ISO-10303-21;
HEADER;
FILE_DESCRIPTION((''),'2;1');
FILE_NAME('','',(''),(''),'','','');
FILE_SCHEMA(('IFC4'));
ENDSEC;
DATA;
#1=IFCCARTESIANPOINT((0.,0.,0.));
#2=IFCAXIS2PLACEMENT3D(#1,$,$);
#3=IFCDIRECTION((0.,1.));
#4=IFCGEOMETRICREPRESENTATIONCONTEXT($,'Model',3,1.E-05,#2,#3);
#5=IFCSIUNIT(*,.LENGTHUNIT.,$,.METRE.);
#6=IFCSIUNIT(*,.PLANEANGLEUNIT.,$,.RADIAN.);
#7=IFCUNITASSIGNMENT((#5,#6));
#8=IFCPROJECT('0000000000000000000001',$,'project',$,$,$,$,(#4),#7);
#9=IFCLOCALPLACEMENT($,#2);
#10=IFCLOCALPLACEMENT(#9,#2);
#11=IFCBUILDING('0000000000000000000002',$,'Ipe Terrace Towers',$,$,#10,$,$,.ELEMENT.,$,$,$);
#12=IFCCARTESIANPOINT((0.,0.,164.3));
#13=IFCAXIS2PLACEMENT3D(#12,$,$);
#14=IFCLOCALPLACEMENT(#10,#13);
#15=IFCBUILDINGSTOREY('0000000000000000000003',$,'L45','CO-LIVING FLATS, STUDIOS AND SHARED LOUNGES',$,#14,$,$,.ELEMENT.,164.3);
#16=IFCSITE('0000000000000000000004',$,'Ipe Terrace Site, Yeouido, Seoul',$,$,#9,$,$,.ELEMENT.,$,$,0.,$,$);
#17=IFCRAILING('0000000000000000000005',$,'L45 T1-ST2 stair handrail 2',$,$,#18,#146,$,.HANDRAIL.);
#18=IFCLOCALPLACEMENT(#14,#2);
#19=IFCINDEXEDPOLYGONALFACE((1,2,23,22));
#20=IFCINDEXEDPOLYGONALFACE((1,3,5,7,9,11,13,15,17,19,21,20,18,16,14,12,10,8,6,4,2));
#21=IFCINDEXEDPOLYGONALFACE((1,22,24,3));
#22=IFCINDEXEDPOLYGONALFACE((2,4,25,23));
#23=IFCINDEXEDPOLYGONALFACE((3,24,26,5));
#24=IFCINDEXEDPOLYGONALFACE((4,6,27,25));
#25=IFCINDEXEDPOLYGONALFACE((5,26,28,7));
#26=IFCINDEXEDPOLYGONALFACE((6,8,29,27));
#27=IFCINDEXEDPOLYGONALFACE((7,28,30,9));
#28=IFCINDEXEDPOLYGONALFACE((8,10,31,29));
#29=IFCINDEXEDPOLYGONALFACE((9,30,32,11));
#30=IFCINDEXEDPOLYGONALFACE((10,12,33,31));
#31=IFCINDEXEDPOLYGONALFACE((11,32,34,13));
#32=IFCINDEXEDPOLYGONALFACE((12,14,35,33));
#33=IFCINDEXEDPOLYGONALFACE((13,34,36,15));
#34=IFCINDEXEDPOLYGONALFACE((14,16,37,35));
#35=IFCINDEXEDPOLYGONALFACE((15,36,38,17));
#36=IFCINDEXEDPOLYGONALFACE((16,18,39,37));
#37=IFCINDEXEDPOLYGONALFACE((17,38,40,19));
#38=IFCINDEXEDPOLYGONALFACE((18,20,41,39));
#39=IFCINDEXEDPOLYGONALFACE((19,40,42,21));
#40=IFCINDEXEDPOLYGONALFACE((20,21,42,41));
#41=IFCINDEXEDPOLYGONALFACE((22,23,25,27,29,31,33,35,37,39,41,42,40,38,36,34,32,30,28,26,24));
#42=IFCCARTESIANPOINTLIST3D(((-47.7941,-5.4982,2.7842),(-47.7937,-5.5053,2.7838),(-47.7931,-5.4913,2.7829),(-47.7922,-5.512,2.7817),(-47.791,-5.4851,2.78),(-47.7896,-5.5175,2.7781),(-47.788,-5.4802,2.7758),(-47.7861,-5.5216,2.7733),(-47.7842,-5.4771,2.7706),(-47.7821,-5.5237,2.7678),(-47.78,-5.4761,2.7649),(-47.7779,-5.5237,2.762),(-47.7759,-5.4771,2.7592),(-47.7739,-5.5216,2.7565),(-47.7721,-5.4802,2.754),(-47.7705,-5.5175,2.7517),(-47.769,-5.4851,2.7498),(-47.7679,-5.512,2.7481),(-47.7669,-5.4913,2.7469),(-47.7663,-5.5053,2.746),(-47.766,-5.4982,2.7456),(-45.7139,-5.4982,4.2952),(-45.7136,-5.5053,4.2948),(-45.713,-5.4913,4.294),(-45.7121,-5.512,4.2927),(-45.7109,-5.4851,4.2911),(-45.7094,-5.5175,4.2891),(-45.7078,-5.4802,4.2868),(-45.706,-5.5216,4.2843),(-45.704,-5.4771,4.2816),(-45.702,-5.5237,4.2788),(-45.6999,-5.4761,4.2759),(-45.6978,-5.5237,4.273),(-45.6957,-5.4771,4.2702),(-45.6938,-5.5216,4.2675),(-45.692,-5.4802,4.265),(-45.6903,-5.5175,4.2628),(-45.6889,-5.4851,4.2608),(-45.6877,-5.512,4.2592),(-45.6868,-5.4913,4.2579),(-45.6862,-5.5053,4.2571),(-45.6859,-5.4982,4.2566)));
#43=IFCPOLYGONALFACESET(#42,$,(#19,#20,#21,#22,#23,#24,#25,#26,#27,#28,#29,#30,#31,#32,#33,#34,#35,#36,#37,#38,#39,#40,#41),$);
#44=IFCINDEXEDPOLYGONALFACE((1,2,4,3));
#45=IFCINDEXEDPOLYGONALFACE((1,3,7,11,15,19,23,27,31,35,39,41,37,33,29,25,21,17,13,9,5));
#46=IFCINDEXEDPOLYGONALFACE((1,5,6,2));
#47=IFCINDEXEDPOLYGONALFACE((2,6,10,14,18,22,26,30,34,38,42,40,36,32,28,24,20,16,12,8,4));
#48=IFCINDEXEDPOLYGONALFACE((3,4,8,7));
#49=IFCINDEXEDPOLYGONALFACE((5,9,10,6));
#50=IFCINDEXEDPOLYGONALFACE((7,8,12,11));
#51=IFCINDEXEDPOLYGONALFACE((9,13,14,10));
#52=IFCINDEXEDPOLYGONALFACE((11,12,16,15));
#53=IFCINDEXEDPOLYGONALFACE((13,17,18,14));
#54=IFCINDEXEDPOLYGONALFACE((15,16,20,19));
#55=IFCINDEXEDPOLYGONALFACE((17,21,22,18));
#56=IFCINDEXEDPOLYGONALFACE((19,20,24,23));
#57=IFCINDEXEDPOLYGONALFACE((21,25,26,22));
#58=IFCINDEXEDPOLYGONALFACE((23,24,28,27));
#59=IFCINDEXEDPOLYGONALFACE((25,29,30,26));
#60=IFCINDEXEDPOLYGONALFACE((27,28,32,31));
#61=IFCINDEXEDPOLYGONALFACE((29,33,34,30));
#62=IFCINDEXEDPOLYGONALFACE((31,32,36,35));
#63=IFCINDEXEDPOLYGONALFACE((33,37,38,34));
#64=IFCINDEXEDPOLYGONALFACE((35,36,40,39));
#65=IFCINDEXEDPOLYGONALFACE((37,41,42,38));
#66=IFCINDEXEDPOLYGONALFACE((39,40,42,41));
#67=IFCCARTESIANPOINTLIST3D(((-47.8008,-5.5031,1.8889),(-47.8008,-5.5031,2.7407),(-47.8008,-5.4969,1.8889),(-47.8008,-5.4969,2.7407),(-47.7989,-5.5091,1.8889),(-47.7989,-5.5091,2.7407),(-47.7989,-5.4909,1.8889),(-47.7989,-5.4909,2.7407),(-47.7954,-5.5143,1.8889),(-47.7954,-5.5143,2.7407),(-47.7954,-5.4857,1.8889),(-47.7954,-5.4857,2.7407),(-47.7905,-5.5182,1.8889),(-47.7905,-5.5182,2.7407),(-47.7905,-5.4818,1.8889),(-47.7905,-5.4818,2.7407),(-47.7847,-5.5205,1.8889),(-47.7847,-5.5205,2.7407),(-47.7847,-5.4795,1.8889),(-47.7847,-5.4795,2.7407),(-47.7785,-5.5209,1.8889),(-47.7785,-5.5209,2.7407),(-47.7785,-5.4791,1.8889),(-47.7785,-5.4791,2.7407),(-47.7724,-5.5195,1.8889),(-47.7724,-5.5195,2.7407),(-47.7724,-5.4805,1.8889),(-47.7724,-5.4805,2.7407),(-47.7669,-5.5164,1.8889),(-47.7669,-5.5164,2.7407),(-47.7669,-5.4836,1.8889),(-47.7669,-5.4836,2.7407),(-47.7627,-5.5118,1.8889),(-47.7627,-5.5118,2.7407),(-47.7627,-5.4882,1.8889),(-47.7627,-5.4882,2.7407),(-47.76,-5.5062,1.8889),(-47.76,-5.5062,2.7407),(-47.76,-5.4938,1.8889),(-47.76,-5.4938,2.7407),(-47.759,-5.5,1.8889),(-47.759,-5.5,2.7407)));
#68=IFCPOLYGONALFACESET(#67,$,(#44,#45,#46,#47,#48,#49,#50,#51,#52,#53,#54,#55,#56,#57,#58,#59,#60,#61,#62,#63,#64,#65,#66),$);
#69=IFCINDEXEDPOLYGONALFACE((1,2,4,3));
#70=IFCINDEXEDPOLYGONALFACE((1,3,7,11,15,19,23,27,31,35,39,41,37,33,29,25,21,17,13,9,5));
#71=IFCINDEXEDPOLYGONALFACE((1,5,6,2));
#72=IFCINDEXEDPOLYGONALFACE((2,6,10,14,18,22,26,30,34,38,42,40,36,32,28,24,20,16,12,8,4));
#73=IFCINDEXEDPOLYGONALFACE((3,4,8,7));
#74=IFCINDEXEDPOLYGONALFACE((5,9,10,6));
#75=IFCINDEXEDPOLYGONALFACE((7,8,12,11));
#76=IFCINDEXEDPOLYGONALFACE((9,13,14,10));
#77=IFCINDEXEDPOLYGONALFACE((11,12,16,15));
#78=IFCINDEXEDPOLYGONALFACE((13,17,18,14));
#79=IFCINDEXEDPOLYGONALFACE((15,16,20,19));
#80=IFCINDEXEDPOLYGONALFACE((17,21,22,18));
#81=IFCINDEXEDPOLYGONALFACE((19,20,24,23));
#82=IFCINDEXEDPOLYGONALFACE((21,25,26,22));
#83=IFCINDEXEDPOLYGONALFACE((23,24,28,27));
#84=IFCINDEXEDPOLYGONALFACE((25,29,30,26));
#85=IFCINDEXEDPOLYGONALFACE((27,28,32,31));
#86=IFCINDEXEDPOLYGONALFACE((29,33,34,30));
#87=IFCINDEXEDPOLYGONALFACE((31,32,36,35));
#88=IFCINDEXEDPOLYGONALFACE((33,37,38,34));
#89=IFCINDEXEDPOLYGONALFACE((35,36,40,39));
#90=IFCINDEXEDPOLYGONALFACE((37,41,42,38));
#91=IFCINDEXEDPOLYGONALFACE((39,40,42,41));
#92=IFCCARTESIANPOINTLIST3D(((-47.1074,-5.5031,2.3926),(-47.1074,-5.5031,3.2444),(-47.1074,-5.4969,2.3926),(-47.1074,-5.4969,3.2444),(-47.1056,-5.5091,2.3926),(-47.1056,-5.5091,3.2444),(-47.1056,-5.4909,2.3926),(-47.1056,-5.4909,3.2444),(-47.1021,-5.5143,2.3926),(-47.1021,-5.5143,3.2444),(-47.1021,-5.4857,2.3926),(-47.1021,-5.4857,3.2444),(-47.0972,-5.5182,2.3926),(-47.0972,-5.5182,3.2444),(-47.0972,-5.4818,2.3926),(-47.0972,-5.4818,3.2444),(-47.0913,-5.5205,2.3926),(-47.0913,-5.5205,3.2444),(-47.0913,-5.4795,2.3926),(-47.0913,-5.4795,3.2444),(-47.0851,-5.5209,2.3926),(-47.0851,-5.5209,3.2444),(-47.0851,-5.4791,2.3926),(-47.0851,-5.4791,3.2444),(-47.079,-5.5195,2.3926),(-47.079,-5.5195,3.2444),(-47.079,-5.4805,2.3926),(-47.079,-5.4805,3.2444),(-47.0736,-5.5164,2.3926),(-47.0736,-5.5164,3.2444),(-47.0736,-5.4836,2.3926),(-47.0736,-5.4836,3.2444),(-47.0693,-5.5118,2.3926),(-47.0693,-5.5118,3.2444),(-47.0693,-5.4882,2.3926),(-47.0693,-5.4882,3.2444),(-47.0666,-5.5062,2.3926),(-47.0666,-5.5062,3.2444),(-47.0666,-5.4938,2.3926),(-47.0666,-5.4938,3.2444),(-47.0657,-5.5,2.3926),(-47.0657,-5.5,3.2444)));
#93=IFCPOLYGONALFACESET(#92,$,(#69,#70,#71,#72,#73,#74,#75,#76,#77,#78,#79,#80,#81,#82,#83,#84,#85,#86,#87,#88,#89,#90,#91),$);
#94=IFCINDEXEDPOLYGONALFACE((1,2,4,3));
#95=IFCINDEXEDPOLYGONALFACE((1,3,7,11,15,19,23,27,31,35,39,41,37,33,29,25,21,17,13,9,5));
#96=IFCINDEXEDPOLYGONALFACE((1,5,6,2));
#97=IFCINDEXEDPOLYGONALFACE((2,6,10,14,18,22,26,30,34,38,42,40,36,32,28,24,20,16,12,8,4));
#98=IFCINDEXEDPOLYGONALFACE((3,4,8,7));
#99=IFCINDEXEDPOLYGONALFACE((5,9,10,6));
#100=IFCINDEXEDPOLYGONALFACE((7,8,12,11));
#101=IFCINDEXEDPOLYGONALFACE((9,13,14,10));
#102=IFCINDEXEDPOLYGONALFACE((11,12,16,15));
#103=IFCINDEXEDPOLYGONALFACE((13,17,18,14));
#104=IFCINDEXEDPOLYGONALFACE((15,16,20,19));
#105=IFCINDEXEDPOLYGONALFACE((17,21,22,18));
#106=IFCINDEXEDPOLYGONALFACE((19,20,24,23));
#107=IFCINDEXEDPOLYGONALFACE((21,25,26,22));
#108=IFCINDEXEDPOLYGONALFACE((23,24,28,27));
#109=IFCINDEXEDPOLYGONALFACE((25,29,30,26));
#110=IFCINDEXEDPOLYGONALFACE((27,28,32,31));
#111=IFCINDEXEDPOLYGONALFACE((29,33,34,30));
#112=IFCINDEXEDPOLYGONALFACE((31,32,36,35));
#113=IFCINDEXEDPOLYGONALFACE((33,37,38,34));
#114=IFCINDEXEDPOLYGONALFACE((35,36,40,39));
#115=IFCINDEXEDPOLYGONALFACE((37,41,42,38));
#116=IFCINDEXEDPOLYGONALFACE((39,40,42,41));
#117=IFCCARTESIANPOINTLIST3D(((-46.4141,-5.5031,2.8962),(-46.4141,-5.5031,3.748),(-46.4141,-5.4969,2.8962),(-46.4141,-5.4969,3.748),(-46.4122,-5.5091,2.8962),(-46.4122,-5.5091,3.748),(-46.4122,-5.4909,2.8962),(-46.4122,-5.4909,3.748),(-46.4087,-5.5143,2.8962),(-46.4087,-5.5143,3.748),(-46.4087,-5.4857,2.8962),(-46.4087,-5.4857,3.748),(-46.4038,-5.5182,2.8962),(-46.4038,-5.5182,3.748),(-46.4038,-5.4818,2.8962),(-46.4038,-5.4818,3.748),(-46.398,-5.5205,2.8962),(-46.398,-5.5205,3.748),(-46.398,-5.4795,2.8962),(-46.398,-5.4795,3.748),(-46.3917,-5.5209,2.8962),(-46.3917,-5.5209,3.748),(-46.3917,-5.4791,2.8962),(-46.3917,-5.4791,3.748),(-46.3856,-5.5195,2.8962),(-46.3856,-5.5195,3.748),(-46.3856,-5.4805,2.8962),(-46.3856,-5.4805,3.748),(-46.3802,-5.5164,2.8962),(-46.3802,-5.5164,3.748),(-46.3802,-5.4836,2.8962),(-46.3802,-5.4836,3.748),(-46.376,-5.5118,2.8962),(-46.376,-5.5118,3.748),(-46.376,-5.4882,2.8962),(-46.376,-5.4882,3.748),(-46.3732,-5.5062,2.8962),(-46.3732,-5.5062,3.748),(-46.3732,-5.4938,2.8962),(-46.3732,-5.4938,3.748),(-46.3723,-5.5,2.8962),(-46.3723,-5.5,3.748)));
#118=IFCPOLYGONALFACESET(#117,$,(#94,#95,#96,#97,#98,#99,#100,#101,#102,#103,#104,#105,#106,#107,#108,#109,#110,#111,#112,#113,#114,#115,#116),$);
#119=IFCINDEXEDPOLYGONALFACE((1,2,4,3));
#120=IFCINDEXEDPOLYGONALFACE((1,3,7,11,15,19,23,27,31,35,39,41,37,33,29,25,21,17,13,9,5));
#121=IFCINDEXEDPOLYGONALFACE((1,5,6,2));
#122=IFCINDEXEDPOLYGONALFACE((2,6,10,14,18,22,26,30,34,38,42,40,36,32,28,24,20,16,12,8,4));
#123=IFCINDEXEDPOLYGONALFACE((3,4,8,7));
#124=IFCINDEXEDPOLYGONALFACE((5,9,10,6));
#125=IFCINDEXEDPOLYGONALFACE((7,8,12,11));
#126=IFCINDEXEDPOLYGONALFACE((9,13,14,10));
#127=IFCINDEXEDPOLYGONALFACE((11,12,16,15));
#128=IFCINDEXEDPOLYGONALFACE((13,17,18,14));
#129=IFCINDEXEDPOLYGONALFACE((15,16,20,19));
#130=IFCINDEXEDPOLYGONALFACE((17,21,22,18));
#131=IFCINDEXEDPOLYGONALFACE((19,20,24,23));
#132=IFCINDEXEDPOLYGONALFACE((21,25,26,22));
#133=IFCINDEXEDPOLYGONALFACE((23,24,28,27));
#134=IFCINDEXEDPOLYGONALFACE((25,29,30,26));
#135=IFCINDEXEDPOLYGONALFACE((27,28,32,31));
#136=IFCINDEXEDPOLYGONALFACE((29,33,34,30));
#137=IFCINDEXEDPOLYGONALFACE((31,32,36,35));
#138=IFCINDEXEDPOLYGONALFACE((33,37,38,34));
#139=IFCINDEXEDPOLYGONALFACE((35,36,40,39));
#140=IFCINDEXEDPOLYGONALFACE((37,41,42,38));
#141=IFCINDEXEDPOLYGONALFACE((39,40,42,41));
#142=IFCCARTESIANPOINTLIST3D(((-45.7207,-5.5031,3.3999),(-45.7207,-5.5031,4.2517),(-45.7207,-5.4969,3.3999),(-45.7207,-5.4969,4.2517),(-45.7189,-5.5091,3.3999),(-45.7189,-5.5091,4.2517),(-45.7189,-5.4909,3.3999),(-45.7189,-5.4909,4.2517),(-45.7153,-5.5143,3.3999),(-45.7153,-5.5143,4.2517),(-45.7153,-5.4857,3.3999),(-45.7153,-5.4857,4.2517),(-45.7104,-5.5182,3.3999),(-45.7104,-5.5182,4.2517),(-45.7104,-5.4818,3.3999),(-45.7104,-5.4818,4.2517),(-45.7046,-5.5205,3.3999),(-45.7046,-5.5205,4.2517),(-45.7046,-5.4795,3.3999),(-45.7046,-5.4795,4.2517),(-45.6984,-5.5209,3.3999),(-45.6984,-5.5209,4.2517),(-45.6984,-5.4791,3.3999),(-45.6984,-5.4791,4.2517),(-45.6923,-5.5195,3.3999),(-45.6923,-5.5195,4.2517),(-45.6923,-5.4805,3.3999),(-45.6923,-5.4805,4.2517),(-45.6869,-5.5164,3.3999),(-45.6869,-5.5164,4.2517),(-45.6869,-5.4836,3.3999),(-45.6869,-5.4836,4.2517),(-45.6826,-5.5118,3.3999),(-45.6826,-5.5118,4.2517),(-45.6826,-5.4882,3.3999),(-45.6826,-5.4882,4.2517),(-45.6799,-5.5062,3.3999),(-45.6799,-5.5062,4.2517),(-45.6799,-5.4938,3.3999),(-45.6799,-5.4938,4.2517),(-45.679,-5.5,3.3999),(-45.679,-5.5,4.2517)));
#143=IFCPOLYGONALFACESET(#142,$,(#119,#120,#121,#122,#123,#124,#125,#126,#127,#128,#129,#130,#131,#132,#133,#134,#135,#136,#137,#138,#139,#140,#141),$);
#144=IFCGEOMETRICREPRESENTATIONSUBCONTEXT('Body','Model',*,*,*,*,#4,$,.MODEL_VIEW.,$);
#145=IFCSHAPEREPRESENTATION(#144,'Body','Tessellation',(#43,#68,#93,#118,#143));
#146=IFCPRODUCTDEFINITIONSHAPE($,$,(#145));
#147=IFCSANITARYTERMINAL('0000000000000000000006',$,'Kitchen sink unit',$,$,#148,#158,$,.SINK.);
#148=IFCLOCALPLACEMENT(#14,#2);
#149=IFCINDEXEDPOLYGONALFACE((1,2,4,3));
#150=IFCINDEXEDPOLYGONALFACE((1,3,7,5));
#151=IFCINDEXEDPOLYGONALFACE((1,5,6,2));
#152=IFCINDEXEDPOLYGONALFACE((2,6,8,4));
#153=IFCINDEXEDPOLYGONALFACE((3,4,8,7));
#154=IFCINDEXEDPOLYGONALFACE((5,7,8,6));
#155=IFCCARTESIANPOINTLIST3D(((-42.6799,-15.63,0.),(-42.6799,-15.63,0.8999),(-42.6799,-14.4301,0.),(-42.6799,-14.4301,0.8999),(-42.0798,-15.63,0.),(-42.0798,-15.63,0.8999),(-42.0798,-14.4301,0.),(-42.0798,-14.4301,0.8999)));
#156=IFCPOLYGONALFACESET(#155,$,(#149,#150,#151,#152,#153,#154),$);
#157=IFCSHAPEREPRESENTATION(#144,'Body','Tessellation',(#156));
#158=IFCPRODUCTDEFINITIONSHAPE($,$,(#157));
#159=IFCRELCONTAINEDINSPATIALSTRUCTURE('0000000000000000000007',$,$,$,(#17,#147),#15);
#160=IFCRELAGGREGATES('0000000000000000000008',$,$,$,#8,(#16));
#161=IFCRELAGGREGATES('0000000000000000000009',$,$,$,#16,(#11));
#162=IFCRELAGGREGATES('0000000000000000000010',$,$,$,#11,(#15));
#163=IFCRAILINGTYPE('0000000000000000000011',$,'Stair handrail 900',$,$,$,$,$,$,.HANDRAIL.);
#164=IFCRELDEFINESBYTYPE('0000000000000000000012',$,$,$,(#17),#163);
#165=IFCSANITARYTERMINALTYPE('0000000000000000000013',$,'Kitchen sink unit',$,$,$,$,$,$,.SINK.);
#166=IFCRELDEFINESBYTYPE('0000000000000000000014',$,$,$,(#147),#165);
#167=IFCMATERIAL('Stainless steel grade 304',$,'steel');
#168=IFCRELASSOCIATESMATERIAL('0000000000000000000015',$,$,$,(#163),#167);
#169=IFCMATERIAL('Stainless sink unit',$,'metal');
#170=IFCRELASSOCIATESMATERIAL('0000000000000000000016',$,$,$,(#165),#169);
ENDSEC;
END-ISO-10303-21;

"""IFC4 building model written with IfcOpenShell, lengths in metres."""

from ifc_helpers import new_model, si_unit, direction, frame, origin, origin_2d, place, context, subcontext, project, spatial, rectangle, circle, extrude, material, type_object, element, save


model = new_model("IFC4")

# Units and contexts
model_context = context("Model", 3, precision=1e-05, world=origin(), true_north=direction((0.0, 1.0)))
body_context = subcontext(model_context, "Body", "Model", "MODEL_VIEW")
ifc_project = project(units=[si_unit("LENGTHUNIT", "METRE"), si_unit("PLANEANGLEUNIT", "RADIAN")], contexts=[model_context])

# Site, building, storey
site_placement = place(None, origin())
site = spatial("IfcSite", under=ifc_project, at=site_placement, Name="Ipe Terrace Site, Yeouido, Seoul", CompositionType="ELEMENT", RefElevation=0.0)
building_placement = place(site_placement, origin())
building = spatial("IfcBuilding", under=site, at=building_placement, Name="Ipe Terrace Towers", CompositionType="ELEMENT")
storey_placement = place(building_placement, frame((0.0, 0.0, 164.3)))
storey = spatial("IfcBuildingStorey", under=building, at=storey_placement, Name="L45", Description="CO-LIVING FLATS, STUDIOS AND SHARED LOUNGES", CompositionType="ELEMENT", Elevation=164.3)

# Railing
ifc_material_1 = material(Name="Stainless steel grade 304", Category="steel")
railing_type_1 = type_object("IfcRailingType", Name="Stair handrail 900", PredefinedType="HANDRAIL", material=ifc_material_1)
railing_1_placement = place(storey_placement, frame((-47.78, -5.5, 1.8889)))
element("IfcRailing", 1, at=railing_1_placement, inside=storey, type_object=railing_type_1, Name="L45 T1-ST2 stair handrail 2", PredefinedType="HANDRAIL", context=body_context, shape_type="SweptSolid", body=[
    extrude(circle(Radius=0.0239, at=origin_2d()), frame((0.0, 0.0, 0.876), z_axis=(0.809069, 0.0, 0.587714), x_axis=(0.0, 1.0, 0.0)), (0.0, 0.0, 1.0), 2.571),
    extrude(circle(Radius=0.021, at=origin_2d()), origin(), (0.0, 0.0, 1.0), 0.8518),
    extrude(circle(Radius=0.021, at=origin_2d()), frame((0.6934, 0.0, 0.5037)), (0.0, 0.0, 1.0), 0.8518),
    extrude(circle(Radius=0.021, at=origin_2d()), frame((1.3867, 0.0, 1.0073)), (0.0, 0.0, 1.0), 0.8518),
    extrude(circle(Radius=0.021, at=origin_2d()), frame((2.0801, 0.0, 1.511)), (0.0, 0.0, 1.0), 0.8518),
])

# Sanitary terminal
ifc_material_2 = material(Name="Stainless sink unit", Category="metal")
sanitary_terminal_type = type_object("IfcSanitaryTerminalType", Name="Kitchen sink unit", PredefinedType="SINK", material=ifc_material_2)
sanitary_terminal_placement = place(storey_placement, frame((-42.3799, -15.03, 0.0), z_axis=(0.0, 0.0, 1.0), x_axis=(0.0, 1.0, 0.0)))
element("IfcSanitaryTerminal", 2, at=sanitary_terminal_placement, inside=storey, type_object=sanitary_terminal_type, Name="Kitchen sink unit", PredefinedType="SINK", context=body_context, shape_type="SweptSolid", body=[
    extrude(rectangle(XDim=1.2, YDim=0.6001, at=origin_2d()), origin(), (0.0, 0.0, 1.0), 0.8999),
])

save(model, "model.ifc")
